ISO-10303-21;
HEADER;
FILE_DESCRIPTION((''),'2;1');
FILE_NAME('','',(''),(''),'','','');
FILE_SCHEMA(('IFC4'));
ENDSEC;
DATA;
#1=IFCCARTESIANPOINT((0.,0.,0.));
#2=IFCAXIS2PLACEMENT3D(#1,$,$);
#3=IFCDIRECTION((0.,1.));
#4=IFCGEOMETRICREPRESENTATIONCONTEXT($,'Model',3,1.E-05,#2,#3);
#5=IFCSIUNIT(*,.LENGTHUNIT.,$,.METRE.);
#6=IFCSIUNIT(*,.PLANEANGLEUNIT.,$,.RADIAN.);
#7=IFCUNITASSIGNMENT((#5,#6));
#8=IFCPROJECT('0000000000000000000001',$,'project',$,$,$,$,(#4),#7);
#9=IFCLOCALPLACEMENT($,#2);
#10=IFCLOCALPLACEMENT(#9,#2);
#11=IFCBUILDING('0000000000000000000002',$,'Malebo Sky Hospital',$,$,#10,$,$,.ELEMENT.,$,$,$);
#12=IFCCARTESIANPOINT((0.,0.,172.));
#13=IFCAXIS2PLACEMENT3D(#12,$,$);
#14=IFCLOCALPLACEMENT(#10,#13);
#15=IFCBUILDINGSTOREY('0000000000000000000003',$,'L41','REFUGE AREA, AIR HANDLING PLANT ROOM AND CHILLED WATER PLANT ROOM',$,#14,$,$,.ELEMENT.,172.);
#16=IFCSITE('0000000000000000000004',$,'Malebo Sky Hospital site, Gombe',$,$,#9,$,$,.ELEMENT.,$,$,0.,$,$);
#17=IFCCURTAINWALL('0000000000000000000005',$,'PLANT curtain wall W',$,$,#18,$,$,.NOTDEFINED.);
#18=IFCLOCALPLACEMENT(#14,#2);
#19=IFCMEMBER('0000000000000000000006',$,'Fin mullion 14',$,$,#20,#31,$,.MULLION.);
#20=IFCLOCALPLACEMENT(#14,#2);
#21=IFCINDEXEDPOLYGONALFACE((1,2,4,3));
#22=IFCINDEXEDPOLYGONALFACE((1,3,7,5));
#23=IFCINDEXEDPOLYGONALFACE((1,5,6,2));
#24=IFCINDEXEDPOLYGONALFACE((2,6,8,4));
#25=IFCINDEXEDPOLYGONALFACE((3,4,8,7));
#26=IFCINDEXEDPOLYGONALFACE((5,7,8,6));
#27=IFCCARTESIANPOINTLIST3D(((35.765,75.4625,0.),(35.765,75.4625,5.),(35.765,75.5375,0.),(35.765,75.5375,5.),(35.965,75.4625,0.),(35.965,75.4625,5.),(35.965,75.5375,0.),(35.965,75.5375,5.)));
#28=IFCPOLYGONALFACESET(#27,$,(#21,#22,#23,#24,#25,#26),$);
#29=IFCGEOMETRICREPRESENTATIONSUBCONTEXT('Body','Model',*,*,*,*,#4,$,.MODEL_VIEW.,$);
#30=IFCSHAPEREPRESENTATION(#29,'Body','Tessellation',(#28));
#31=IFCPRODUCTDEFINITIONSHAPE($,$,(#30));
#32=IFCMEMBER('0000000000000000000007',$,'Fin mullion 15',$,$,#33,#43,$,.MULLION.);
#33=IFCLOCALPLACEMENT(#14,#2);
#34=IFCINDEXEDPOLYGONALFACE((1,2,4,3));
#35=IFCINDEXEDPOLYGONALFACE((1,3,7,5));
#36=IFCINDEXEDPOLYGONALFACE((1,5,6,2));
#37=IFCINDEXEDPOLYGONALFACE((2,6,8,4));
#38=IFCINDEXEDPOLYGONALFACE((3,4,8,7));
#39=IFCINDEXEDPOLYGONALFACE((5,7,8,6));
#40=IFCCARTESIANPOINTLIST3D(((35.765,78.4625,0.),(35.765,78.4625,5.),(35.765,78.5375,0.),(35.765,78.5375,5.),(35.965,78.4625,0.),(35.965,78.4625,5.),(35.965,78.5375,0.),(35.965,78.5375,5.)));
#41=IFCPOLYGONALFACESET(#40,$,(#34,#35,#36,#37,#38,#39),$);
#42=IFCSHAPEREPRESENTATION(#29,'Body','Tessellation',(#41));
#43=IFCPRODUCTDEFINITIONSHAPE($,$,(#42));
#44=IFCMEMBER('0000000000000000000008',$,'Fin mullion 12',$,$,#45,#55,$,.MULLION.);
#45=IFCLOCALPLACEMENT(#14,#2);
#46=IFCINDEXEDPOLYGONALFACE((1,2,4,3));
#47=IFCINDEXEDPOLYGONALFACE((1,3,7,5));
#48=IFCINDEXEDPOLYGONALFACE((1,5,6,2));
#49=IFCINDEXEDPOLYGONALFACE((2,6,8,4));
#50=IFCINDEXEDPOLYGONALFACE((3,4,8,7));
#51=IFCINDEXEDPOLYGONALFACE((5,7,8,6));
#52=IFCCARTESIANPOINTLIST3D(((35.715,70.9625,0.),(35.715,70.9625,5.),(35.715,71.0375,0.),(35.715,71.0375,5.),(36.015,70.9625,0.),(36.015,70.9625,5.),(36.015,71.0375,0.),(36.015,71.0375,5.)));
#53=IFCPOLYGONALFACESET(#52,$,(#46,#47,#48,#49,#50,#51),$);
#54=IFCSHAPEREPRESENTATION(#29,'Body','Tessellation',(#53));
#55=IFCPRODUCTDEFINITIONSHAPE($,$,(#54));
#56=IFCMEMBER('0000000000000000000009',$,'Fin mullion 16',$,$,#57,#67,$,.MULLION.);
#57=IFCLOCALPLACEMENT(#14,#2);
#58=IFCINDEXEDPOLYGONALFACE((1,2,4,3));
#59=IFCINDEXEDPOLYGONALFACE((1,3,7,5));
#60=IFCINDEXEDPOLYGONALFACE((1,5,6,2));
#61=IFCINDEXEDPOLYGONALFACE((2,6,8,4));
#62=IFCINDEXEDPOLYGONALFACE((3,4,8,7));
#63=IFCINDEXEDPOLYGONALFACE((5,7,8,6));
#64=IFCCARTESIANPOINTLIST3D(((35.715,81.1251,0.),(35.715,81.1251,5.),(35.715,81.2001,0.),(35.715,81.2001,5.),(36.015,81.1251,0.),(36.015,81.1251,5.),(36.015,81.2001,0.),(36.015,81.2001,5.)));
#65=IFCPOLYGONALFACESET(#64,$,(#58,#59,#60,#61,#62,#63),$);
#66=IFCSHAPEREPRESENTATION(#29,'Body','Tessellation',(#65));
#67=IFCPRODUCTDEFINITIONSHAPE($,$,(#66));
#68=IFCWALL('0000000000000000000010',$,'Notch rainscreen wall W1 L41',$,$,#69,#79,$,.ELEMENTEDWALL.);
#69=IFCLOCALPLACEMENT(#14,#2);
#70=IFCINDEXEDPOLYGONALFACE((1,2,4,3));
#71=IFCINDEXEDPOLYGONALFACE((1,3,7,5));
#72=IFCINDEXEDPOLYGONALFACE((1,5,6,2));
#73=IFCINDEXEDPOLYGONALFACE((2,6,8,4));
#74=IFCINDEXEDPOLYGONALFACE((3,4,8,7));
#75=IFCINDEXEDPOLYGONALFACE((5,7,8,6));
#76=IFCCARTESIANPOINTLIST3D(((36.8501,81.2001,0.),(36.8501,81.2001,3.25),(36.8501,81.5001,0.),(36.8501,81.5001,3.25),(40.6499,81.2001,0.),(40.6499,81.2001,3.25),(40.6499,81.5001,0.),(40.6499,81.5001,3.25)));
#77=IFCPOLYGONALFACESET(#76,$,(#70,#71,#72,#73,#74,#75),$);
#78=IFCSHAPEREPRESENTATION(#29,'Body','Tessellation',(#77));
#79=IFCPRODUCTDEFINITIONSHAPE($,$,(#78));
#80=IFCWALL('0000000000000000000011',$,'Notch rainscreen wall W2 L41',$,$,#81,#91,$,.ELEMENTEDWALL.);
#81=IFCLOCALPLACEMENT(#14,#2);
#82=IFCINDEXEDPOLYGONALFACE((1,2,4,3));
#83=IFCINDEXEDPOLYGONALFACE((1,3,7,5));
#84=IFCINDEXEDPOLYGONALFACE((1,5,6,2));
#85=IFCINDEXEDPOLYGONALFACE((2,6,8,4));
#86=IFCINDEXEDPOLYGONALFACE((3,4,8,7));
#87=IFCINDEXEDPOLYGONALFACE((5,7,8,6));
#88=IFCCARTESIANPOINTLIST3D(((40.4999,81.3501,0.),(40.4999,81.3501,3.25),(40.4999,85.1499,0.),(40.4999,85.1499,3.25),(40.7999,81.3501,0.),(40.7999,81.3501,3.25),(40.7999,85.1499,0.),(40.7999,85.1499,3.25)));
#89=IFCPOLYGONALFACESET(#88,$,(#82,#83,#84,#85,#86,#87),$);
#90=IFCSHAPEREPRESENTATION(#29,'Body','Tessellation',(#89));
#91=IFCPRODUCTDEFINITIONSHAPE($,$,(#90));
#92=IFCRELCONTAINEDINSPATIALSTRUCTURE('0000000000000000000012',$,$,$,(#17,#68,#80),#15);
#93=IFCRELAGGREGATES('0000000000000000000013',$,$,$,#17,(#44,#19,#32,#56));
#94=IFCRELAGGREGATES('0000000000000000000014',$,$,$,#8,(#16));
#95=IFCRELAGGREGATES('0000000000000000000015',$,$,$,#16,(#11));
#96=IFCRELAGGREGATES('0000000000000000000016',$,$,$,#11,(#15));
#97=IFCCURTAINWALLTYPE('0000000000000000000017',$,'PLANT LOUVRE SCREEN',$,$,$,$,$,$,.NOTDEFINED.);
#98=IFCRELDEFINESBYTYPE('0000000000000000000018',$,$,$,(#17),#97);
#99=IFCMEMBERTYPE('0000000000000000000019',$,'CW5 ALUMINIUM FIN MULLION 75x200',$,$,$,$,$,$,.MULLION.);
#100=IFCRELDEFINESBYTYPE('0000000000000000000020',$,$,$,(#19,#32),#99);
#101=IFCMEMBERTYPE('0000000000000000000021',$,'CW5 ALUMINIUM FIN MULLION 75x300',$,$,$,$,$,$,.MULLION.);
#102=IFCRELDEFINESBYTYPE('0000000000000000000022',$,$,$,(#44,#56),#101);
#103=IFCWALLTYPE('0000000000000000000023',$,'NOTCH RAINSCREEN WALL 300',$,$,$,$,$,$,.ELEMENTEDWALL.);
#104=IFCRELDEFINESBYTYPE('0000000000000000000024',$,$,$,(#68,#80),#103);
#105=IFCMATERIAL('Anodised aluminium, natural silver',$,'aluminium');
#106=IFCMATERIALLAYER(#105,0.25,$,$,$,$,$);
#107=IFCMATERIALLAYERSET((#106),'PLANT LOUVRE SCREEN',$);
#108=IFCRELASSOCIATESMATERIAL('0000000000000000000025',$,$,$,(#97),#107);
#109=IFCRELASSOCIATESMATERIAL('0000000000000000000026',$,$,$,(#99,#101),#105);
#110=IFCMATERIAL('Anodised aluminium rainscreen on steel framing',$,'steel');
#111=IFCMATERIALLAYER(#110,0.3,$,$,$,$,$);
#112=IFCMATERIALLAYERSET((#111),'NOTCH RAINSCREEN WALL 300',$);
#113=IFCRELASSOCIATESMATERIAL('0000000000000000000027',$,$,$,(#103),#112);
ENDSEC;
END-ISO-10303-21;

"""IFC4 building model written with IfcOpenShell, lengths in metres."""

from ifc_helpers import new_model, si_unit, direction, frame, frame_2d, origin, origin_2d, place, context, subcontext, project, spatial, rectangle, extrude, material, layer, layer_set, material_profile, profile_set, type_object, element, aggregate, save


model = new_model("IFC4")

# Units and contexts
model_context = context("Model", 3, precision=1e-05, world=origin(), true_north=direction((0.0, 1.0)))
body_context = subcontext(model_context, "Body", "Model", "MODEL_VIEW")
ifc_project = project(units=[si_unit("LENGTHUNIT", "METRE"), si_unit("PLANEANGLEUNIT", "RADIAN")], contexts=[model_context])

# Site, building, storey
site_placement = place(None, origin())
site = spatial("IfcSite", under=ifc_project, at=site_placement, Name="Malebo Sky Hospital site, Gombe", CompositionType="ELEMENT", RefElevation=0.0)
building_placement = place(site_placement, origin())
building = spatial("IfcBuilding", under=site, at=building_placement, Name="Malebo Sky Hospital", CompositionType="ELEMENT")
storey_placement = place(building_placement, frame((0.0, 0.0, 172.0)))
storey = spatial("IfcBuildingStorey", under=building, at=storey_placement, Name="L41", Description="REFUGE AREA, AIR HANDLING PLANT ROOM AND CHILLED WATER PLANT ROOM", CompositionType="ELEMENT", Elevation=172.0)

# Curtain wall, members
ifc_material_1 = material(Name="Anodised aluminium, natural silver", Category="aluminium")
ifc_layer_1 = layer(ifc_material_1, 0.25)
ifc_layer_set_1 = layer_set([ifc_layer_1], Name="PLANT LOUVRE SCREEN")
curtain_wall_type = type_object("IfcCurtainWallType", Name="PLANT LOUVRE SCREEN", PredefinedType="NOTDEFINED", material=ifc_layer_set_1)
curtain_wall_placement = place(storey_placement, origin())
curtain_wall = element("IfcCurtainWall", 1, at=curtain_wall_placement, inside=storey, type_object=curtain_wall_type, Name="PLANT curtain wall W", PredefinedType="NOTDEFINED")
ifc_material_profile_1 = material_profile(ifc_material_1, rectangle(XDim=0.075, YDim=0.2, at=origin_2d()), Name="CW5 ALUMINIUM FIN MULLION 75x200")
ifc_profile_set_1 = profile_set([ifc_material_profile_1], Name="Anodised aluminium, natural silver")
member_type_1 = type_object("IfcMemberType", Name="CW5 ALUMINIUM FIN MULLION 75x200", PredefinedType="MULLION", material=ifc_profile_set_1)
member_1_placement = place(storey_placement, frame((35.865, 75.5, 0.0), z_axis=(0.0, 0.0, 1.0), x_axis=(0.0, 1.0, 0.0)))
member_1 = element("IfcMember", 2, at=member_1_placement, type_object=member_type_1, Name="Fin mullion 14", PredefinedType="MULLION", context=body_context, shape_type="SweptSolid", body=[
    extrude(rectangle(XDim=0.075, YDim=0.2, at=origin_2d()), origin(), (0.0, 0.0, 1.0), 5.0),
])
member_2_placement = place(storey_placement, frame((35.865, 78.5, 0.0), z_axis=(0.0, 0.0, 1.0), x_axis=(0.0, 1.0, 0.0)))
member_2 = element("IfcMember", 3, at=member_2_placement, type_object=member_type_1, Name="Fin mullion 15", PredefinedType="MULLION", context=body_context, shape_type="SweptSolid", body=[
    extrude(rectangle(XDim=0.075, YDim=0.2, at=origin_2d()), origin(), (0.0, 0.0, 1.0), 5.0),
])
ifc_material_profile_2 = material_profile(ifc_material_1, rectangle(XDim=0.075, YDim=0.3, at=origin_2d()), Name="CW5 ALUMINIUM FIN MULLION 75x300")
ifc_profile_set_2 = profile_set([ifc_material_profile_2], Name="Anodised aluminium, natural silver")
member_type_2 = type_object("IfcMemberType", Name="CW5 ALUMINIUM FIN MULLION 75x300", PredefinedType="MULLION", material=ifc_profile_set_2)
member_3_placement = place(storey_placement, frame((35.865, 71.0, 0.0), z_axis=(0.0, 0.0, 1.0), x_axis=(0.0, 1.0, 0.0)))
member_3 = element("IfcMember", 4, at=member_3_placement, type_object=member_type_2, Name="Fin mullion 12", PredefinedType="MULLION", context=body_context, shape_type="SweptSolid", body=[
    extrude(rectangle(XDim=0.075, YDim=0.3, at=origin_2d()), origin(), (0.0, 0.0, 1.0), 5.0),
])
member_4_placement = place(storey_placement, frame((35.865, 81.1626, 0.0), z_axis=(0.0, 0.0, 1.0), x_axis=(0.0, 1.0, 0.0)))
member_4 = element("IfcMember", 5, at=member_4_placement, type_object=member_type_2, Name="Fin mullion 16", PredefinedType="MULLION", context=body_context, shape_type="SweptSolid", body=[
    extrude(rectangle(XDim=0.075, YDim=0.3, at=origin_2d()), origin(), (0.0, 0.0, 1.0), 5.0),
])
aggregate(curtain_wall, [member_3, member_1, member_2, member_4])

# Walls
ifc_material_2 = material(Name="Anodised aluminium rainscreen on steel framing", Category="steel")
ifc_layer_2 = layer(ifc_material_2, 0.3)
ifc_layer_set_2 = layer_set([ifc_layer_2], Name="NOTCH RAINSCREEN WALL 300")
wall_type = type_object("IfcWallType", Name="NOTCH RAINSCREEN WALL 300", PredefinedType="ELEMENTEDWALL", material=ifc_layer_set_2)
for number, where, z_axis, x_axis, name in (
    (6, (36.8501, 81.3501, 0.0), (0.0, 0.0, 1.0), (1.0, 0.0, 0.0), "Notch rainscreen wall W1 L41"),
    (7, (40.6499, 81.3501, 0.0), (0.0, 0.0, 1.0), (0.0, 1.0, 0.0), "Notch rainscreen wall W2 L41"),
):
    element("IfcWall", number, at=place(storey_placement, frame(where, z_axis=z_axis, x_axis=x_axis)), inside=storey, type_object=wall_type, Name=name, PredefinedType="ELEMENTEDWALL", context=body_context, shape_type="SweptSolid", body=[
        extrude(rectangle(XDim=3.7998, YDim=0.3, at=frame_2d((1.8999, 0.0))), origin(), (0.0, 0.0, 1.0), 3.25),
    ])

save(model, "model.ifc")
